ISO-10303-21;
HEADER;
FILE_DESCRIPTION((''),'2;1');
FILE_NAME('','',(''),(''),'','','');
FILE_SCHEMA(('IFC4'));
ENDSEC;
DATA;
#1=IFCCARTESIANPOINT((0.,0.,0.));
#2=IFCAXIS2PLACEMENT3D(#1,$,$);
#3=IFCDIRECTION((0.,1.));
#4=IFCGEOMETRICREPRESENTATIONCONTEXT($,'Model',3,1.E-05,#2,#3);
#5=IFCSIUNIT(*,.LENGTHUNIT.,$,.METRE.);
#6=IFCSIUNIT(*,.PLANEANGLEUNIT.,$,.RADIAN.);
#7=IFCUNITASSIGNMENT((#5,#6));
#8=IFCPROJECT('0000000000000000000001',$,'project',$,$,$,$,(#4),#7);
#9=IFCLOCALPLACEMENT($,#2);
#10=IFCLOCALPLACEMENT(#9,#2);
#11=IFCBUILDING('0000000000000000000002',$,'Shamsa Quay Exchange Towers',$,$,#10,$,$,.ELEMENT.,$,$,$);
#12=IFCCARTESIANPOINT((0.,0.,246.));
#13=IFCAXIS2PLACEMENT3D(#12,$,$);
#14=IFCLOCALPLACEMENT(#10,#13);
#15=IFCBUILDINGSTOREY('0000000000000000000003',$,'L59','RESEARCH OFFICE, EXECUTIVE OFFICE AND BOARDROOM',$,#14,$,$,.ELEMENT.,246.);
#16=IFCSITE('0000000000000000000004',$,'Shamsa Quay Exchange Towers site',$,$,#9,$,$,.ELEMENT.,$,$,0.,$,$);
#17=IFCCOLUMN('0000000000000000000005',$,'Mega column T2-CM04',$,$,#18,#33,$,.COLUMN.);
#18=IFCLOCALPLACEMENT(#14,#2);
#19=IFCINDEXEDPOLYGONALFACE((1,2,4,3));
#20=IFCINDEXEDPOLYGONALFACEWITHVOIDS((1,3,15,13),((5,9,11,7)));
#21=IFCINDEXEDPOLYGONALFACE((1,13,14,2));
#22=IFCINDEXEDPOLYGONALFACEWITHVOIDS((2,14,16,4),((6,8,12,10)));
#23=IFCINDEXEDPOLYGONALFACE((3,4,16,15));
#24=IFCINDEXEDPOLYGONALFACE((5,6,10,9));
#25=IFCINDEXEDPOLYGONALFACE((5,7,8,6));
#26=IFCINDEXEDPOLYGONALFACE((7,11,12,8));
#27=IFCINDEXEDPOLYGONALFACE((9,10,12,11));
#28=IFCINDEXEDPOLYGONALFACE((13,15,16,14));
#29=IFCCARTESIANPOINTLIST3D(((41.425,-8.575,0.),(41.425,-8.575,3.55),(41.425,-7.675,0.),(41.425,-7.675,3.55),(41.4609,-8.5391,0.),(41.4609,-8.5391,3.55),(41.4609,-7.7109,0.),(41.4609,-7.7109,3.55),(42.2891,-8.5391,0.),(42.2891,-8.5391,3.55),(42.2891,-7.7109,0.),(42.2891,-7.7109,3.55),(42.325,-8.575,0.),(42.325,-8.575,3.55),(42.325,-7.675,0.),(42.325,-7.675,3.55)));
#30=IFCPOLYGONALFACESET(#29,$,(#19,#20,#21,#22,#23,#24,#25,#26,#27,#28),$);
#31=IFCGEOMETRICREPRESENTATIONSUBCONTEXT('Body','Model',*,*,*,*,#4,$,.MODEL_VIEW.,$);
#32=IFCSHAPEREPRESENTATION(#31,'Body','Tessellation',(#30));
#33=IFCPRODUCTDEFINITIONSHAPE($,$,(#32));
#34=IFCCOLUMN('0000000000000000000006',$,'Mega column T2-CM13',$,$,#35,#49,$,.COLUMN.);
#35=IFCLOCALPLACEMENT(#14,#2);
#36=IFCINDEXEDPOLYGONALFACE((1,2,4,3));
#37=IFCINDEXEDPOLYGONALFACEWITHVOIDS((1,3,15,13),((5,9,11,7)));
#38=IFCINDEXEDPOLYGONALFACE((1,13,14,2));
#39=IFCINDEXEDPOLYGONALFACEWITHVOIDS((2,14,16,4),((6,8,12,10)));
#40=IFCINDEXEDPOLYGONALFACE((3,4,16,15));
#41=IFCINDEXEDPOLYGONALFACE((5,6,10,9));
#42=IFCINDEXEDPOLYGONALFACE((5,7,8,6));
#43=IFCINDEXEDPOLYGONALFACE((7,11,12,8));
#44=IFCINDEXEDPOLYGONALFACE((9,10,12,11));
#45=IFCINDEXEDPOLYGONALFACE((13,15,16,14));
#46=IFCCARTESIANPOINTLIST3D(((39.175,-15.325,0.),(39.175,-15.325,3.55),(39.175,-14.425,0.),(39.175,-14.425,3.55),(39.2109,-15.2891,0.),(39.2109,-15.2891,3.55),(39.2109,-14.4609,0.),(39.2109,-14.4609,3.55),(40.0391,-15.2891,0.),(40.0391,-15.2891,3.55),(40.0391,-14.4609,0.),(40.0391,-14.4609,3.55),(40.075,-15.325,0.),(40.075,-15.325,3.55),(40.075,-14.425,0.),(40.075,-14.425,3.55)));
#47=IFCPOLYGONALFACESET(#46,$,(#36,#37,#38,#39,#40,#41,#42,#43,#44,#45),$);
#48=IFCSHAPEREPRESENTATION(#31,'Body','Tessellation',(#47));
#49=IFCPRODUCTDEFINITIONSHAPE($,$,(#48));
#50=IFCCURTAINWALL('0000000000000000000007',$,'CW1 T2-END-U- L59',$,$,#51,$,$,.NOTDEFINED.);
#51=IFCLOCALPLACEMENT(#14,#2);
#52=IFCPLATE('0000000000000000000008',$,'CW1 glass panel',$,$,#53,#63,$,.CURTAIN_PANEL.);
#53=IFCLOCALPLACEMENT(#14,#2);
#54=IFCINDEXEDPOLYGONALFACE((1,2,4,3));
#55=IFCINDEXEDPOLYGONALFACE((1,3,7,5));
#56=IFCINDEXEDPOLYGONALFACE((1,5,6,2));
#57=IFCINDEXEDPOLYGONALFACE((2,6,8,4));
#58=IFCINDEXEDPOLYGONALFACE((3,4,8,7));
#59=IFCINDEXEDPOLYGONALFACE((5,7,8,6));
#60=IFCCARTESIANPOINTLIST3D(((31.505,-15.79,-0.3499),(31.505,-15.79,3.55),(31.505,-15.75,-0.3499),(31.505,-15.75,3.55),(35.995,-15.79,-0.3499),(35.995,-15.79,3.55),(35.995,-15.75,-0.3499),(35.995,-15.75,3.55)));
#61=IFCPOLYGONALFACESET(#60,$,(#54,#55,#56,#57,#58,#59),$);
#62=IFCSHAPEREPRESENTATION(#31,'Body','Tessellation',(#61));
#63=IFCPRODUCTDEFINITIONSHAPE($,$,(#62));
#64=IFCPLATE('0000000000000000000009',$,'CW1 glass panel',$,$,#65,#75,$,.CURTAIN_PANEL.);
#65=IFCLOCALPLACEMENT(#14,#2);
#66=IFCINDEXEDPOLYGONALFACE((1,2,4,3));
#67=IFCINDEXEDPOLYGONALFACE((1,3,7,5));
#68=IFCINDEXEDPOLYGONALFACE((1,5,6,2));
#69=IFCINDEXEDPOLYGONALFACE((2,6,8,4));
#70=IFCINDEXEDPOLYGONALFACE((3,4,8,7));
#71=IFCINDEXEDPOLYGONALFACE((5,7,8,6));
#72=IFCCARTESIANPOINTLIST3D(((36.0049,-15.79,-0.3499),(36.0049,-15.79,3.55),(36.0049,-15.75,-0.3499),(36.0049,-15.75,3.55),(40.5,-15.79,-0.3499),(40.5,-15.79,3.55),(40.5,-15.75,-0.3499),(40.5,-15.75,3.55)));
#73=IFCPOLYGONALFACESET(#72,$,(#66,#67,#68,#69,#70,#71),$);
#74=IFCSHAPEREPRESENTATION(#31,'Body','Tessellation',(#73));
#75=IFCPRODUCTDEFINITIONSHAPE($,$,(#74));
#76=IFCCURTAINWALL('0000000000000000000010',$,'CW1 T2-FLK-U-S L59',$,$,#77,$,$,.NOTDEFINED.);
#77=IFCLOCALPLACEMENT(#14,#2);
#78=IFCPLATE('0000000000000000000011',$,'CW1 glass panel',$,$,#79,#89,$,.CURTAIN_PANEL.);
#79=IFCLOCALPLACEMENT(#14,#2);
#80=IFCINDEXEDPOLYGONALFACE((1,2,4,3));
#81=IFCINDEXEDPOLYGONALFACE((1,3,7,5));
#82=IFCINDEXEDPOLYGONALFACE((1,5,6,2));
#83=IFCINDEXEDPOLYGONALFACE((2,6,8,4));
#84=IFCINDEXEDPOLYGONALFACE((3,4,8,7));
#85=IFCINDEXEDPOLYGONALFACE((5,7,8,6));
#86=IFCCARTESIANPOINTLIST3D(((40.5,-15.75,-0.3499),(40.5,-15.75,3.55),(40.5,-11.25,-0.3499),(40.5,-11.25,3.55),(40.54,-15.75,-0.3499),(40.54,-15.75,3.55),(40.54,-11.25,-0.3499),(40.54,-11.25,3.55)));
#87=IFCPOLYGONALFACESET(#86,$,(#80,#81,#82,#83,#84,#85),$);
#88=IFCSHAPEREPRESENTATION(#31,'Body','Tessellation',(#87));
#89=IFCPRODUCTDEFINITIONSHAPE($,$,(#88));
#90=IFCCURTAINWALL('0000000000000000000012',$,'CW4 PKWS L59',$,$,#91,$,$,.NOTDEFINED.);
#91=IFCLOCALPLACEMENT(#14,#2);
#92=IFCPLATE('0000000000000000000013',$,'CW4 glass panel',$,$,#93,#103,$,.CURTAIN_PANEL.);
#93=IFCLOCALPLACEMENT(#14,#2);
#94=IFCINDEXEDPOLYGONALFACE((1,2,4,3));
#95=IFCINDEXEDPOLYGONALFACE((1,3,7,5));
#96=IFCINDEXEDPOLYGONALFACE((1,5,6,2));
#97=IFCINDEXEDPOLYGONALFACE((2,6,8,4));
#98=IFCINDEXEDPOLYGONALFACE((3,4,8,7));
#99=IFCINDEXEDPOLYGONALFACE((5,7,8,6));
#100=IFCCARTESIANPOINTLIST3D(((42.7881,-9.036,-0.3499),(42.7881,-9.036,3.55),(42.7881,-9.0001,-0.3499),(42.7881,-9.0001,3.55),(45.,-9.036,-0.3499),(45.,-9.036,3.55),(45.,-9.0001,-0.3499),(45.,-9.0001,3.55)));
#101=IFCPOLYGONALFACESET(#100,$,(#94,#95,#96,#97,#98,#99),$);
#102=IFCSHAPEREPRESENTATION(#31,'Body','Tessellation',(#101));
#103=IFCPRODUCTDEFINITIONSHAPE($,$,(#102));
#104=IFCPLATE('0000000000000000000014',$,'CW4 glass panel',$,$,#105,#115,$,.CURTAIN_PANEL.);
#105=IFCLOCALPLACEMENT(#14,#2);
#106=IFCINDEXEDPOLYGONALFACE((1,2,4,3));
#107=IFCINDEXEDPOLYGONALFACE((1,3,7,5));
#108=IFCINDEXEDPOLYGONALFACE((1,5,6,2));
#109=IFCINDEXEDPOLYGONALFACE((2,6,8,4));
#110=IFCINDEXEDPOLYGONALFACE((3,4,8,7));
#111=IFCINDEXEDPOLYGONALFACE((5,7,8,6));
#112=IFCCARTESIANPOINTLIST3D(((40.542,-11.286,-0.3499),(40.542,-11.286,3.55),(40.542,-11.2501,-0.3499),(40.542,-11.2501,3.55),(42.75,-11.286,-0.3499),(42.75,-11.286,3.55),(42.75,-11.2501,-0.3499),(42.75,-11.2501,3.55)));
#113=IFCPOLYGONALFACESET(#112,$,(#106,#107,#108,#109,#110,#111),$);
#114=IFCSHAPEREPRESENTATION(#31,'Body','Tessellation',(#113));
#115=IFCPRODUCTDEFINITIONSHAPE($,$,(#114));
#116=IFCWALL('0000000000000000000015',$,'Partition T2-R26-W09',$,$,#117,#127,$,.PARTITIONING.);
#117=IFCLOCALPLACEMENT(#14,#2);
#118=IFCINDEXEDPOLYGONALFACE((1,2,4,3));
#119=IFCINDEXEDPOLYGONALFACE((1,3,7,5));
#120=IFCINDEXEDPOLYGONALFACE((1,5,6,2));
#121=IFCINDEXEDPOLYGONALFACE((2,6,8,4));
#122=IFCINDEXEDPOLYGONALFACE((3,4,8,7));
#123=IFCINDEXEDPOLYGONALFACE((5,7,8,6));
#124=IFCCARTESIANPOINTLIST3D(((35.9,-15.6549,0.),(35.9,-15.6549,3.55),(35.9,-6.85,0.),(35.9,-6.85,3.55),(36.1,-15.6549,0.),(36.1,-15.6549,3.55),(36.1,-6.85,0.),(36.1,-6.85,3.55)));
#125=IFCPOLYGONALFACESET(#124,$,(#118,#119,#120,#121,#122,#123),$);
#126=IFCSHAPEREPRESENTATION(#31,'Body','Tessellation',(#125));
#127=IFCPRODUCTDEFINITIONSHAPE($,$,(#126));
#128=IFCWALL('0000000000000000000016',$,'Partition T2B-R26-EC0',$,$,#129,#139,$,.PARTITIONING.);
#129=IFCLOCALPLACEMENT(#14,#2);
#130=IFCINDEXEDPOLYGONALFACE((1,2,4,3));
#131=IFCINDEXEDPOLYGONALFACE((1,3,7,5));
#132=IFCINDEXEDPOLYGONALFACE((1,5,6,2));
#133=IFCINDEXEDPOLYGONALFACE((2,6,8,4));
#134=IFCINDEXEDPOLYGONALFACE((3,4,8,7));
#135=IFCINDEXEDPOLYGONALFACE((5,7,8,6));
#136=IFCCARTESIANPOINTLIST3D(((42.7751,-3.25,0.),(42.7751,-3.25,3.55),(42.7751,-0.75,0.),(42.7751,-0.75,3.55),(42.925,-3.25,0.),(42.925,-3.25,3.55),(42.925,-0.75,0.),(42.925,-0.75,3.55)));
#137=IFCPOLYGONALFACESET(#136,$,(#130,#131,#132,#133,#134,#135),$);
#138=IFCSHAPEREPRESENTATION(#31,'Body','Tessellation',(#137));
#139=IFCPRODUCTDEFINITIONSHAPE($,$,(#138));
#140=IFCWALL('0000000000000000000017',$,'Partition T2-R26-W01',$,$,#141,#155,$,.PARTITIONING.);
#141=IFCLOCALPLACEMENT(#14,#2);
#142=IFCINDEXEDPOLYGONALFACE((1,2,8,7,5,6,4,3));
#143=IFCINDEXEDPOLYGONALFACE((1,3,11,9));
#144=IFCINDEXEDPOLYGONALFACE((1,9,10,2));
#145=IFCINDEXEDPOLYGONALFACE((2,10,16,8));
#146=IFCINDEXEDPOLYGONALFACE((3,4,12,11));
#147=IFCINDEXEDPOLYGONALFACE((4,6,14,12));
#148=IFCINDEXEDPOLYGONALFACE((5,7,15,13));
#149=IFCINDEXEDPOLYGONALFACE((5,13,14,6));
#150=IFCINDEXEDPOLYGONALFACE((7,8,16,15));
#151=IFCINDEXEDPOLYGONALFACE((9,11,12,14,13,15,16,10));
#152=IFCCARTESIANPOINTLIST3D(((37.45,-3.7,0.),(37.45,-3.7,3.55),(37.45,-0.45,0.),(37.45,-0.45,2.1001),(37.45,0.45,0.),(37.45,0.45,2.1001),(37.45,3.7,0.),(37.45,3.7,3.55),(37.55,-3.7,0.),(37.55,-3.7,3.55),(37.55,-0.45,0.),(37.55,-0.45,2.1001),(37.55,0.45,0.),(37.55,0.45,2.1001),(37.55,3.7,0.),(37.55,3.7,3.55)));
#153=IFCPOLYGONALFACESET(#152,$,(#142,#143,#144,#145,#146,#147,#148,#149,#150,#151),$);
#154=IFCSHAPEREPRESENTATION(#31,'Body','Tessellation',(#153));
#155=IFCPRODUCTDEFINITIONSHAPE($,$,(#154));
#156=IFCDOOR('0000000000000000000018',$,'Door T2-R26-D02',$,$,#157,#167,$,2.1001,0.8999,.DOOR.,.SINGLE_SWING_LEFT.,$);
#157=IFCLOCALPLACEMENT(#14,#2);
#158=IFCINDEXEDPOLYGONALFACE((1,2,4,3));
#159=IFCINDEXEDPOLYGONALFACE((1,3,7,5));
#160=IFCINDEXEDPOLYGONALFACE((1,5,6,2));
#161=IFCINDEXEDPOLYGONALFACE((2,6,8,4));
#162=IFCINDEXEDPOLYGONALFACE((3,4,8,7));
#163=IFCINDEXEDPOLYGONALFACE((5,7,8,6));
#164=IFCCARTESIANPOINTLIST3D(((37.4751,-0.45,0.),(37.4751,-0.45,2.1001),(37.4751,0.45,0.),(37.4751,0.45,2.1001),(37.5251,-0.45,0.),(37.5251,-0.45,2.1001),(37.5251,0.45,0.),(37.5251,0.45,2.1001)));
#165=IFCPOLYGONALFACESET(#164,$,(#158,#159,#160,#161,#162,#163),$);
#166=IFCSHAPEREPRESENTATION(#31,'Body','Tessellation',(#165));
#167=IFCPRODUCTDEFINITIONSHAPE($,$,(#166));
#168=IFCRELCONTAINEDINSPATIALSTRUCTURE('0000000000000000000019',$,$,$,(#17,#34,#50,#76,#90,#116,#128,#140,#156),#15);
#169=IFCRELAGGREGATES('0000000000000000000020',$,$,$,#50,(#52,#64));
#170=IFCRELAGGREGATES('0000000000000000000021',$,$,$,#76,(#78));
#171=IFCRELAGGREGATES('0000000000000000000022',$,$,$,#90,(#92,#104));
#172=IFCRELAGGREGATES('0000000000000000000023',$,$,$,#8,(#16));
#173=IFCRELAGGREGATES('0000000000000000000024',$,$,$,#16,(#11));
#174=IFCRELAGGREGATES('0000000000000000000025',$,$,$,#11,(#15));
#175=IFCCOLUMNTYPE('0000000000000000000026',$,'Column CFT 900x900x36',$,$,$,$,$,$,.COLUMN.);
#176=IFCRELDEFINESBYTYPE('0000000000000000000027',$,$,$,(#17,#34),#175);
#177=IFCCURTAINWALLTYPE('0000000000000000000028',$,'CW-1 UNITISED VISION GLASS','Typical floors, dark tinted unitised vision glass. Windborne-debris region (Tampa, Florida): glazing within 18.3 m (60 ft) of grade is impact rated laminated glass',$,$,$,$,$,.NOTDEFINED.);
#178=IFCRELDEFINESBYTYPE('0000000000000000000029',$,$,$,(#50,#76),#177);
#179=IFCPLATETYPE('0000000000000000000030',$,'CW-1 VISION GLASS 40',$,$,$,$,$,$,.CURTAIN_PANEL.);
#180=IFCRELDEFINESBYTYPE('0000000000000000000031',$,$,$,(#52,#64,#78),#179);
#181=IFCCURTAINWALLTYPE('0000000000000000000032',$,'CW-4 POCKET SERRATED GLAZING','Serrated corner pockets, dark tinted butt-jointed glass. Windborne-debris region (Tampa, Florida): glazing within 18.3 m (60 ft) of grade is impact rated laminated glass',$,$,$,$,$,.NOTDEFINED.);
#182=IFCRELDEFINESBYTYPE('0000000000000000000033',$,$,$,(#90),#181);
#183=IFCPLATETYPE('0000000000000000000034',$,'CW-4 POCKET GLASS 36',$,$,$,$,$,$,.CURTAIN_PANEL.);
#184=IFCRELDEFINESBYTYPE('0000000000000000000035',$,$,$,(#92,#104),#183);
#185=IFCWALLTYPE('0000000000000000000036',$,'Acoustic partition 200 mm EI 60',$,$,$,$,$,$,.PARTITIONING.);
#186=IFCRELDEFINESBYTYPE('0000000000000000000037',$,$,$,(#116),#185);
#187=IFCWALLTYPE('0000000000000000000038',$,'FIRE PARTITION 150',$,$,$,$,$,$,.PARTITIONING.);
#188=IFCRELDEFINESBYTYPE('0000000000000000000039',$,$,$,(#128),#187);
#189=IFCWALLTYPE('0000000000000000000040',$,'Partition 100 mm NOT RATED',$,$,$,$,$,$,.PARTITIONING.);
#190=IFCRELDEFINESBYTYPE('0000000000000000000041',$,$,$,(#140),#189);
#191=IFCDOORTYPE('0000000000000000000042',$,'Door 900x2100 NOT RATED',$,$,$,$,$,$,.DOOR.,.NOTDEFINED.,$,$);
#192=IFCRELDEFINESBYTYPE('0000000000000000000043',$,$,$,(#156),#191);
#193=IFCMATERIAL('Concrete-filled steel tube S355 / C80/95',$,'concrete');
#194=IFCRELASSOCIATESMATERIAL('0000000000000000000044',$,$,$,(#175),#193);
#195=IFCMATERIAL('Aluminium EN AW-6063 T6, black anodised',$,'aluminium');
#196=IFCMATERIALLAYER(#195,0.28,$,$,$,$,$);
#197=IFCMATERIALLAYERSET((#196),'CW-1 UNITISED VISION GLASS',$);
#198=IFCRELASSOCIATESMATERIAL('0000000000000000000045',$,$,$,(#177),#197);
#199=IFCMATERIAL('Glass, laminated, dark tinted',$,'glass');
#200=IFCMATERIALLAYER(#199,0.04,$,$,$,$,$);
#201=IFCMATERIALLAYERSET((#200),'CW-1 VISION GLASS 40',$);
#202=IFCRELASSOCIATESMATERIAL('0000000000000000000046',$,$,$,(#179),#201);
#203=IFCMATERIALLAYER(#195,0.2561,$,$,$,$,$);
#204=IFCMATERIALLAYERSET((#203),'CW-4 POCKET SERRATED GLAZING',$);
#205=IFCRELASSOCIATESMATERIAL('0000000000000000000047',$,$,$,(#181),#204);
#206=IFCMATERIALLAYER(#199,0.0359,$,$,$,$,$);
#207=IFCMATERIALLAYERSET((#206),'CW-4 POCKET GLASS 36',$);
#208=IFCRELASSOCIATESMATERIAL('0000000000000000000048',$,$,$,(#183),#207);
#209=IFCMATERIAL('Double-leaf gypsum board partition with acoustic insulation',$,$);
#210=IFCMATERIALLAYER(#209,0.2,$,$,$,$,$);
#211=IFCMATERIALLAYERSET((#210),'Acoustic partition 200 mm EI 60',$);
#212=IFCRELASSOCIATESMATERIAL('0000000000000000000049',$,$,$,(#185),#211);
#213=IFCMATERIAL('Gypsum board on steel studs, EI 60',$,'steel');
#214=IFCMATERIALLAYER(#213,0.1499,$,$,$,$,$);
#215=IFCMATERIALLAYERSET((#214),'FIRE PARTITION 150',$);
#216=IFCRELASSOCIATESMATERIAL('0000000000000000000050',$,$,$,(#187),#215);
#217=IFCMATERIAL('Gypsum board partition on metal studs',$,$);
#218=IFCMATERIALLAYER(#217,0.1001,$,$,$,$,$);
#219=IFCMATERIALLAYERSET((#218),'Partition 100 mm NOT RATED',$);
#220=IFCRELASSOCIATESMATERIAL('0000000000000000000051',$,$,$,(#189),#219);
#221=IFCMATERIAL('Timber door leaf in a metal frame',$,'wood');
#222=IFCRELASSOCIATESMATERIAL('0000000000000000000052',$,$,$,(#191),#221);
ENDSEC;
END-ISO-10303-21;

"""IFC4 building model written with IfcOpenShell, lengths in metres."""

from ifc_helpers import new_model, si_unit, direction, frame, frame_2d, origin, origin_2d, place, context, subcontext, project, spatial, rectangle, hollow_rectangle, extrude, material, layer, layer_set, material_profile, profile_set, type_object, element, fill, aggregate, save


model = new_model("IFC4")

# Units and contexts
model_context = context("Model", 3, precision=1e-05, world=origin(), true_north=direction((0.0, 1.0)))
body_context = subcontext(model_context, "Body", "Model", "MODEL_VIEW")
ifc_project = project(units=[si_unit("LENGTHUNIT", "METRE"), si_unit("PLANEANGLEUNIT", "RADIAN")], contexts=[model_context])

# Site, building, storey
site_placement = place(None, origin())
site = spatial("IfcSite", under=ifc_project, at=site_placement, Name="Shamsa Quay Exchange Towers site", CompositionType="ELEMENT", RefElevation=0.0)
building_placement = place(site_placement, origin())
building = spatial("IfcBuilding", under=site, at=building_placement, Name="Shamsa Quay Exchange Towers", CompositionType="ELEMENT")
storey_placement = place(building_placement, frame((0.0, 0.0, 246.0)))
storey = spatial("IfcBuildingStorey", under=building, at=storey_placement, Name="L59", Description="RESEARCH OFFICE, EXECUTIVE OFFICE AND BOARDROOM", CompositionType="ELEMENT", Elevation=246.0)

# Columns
ifc_material_1 = material(Name="Concrete-filled steel tube S355 / C80/95", Category="concrete")
ifc_material_profile = material_profile(ifc_material_1, hollow_rectangle(XDim=0.8999, YDim=0.8999, WallThickness=0.0359, at=origin_2d()), Name="CFT 900x900x36")
ifc_profile_set = profile_set([ifc_material_profile], Name="Concrete-filled steel tube S355 / C80/95")
column_type = type_object("IfcColumnType", Name="Column CFT 900x900x36", PredefinedType="COLUMN", material=ifc_profile_set)
for number, where, name in (
    (1, (41.875, -8.125, 0.0), "Mega column T2-CM04"),
    (2, (39.625, -14.875, 0.0), "Mega column T2-CM13"),
):
    element("IfcColumn", number, at=place(storey_placement, frame(where)), inside=storey, type_object=column_type, Name=name, PredefinedType="COLUMN", context=body_context, shape_type="SweptSolid", body=[
        extrude(hollow_rectangle(XDim=0.8999, YDim=0.8999, WallThickness=0.0359, at=origin_2d()), origin(), (0.0, 0.0, 1.0), 3.55),
    ])

# Curtain wall, plates
ifc_material_2 = material(Name="Aluminium EN AW-6063 T6, black anodised", Category="aluminium")
ifc_layer_1 = layer(ifc_material_2, 0.28)
ifc_layer_set_1 = layer_set([ifc_layer_1], Name="CW-1 UNITISED VISION GLASS")
curtain_wall_type_1 = type_object("IfcCurtainWallType", Name="CW-1 UNITISED VISION GLASS", Description="Typical floors, dark tinted unitised vision glass. Windborne-debris region (Tampa, Florida): glazing within 18.3 m (60 ft) of grade is impact rated laminated glass", PredefinedType="NOTDEFINED", material=ifc_layer_set_1)
curtain_wall_1_placement = place(storey_placement, origin())
curtain_wall_1 = element("IfcCurtainWall", 3, at=curtain_wall_1_placement, inside=storey, type_object=curtain_wall_type_1, Name="CW1 T2-END-U- L59", PredefinedType="NOTDEFINED")
ifc_material_3 = material(Name="Glass, laminated, dark tinted", Category="glass")
ifc_layer_2 = layer(ifc_material_3, 0.04)
ifc_layer_set_2 = layer_set([ifc_layer_2], Name="CW-1 VISION GLASS 40")
plate_type_1 = type_object("IfcPlateType", Name="CW-1 VISION GLASS 40", PredefinedType="CURTAIN_PANEL", material=ifc_layer_set_2)
plate_1_placement = place(storey_placement, frame((33.75, -15.77, -0.3499)))
plate_1 = element("IfcPlate", 4, at=plate_1_placement, type_object=plate_type_1, Name="CW1 glass panel", PredefinedType="CURTAIN_PANEL", context=body_context, shape_type="SweptSolid", body=[
    extrude(rectangle(XDim=4.49, YDim=0.04, at=origin_2d()), origin(), (0.0, 0.0, 1.0), 3.8999),
])
plate_2_placement = place(storey_placement, frame((38.2524, -15.77, -0.3499)))
plate_2 = element("IfcPlate", 5, at=plate_2_placement, type_object=plate_type_1, Name="CW1 glass panel", PredefinedType="CURTAIN_PANEL", context=body_context, shape_type="SweptSolid", body=[
    extrude(rectangle(XDim=4.4951, YDim=0.04, at=origin_2d()), origin(), (0.0, 0.0, 1.0), 3.8999),
])
aggregate(curtain_wall_1, [plate_1, plate_2])

# Curtain wall, plate
curtain_wall_2_placement = place(storey_placement, origin())
curtain_wall_2 = element("IfcCurtainWall", 6, at=curtain_wall_2_placement, inside=storey, type_object=curtain_wall_type_1, Name="CW1 T2-FLK-U-S L59", PredefinedType="NOTDEFINED")
plate_3_placement = place(storey_placement, frame((40.52, -13.5, -0.3499), z_axis=(0.0, 0.0, 1.0), x_axis=(0.0, 1.0, 0.0)))
plate_3 = element("IfcPlate", 7, at=plate_3_placement, type_object=plate_type_1, Name="CW1 glass panel", PredefinedType="CURTAIN_PANEL", context=body_context, shape_type="SweptSolid", body=[
    extrude(rectangle(XDim=4.5, YDim=0.04, at=origin_2d()), origin(), (0.0, 0.0, 1.0), 3.8999),
])
aggregate(curtain_wall_2, [plate_3])

# Curtain wall, plates
ifc_layer_3 = layer(ifc_material_2, 0.2561)
ifc_layer_set_3 = layer_set([ifc_layer_3], Name="CW-4 POCKET SERRATED GLAZING")
curtain_wall_type_2 = type_object("IfcCurtainWallType", Name="CW-4 POCKET SERRATED GLAZING", Description="Serrated corner pockets, dark tinted butt-jointed glass. Windborne-debris region (Tampa, Florida): glazing within 18.3 m (60 ft) of grade is impact rated laminated glass", PredefinedType="NOTDEFINED", material=ifc_layer_set_3)
curtain_wall_3_placement = place(storey_placement, origin())
curtain_wall_3 = element("IfcCurtainWall", 8, at=curtain_wall_3_placement, inside=storey, type_object=curtain_wall_type_2, Name="CW4 PKWS L59", PredefinedType="NOTDEFINED")
ifc_layer_4 = layer(ifc_material_3, 0.0359)
ifc_layer_set_4 = layer_set([ifc_layer_4], Name="CW-4 POCKET GLASS 36")
plate_type_2 = type_object("IfcPlateType", Name="CW-4 POCKET GLASS 36", PredefinedType="CURTAIN_PANEL", material=ifc_layer_set_4)
plate_4_placement = place(storey_placement, frame((43.894, -9.0181, -0.3499)))
plate_4 = element("IfcPlate", 9, at=plate_4_placement, type_object=plate_type_2, Name="CW4 glass panel", PredefinedType="CURTAIN_PANEL", context=body_context, shape_type="SweptSolid", body=[
    extrude(rectangle(XDim=2.2119, YDim=0.0359, at=origin_2d()), origin(), (0.0, 0.0, 1.0), 3.8999),
])
plate_5_placement = place(storey_placement, frame((41.646, -11.2681, -0.3499)))
plate_5 = element("IfcPlate", 10, at=plate_5_placement, type_object=plate_type_2, Name="CW4 glass panel", PredefinedType="CURTAIN_PANEL", context=body_context, shape_type="SweptSolid", body=[
    extrude(rectangle(XDim=2.208, YDim=0.0359, at=origin_2d()), origin(), (0.0, 0.0, 1.0), 3.8999),
])
aggregate(curtain_wall_3, [plate_4, plate_5])

# Wall
ifc_material_4 = material(Name="Double-leaf gypsum board partition with acoustic insulation")
ifc_layer_5 = layer(ifc_material_4, 0.2)
ifc_layer_set_5 = layer_set([ifc_layer_5], Name="Acoustic partition 200 mm EI 60")
wall_type_1 = type_object("IfcWallType", Name="Acoustic partition 200 mm EI 60", PredefinedType="PARTITIONING", material=ifc_layer_set_5)
wall_1_placement = place(storey_placement, frame((36.0, -6.8501, 0.0), z_axis=(0.0, 0.0, 1.0), x_axis=(0.0, -1.0, 0.0)))
element("IfcWall", 11, at=wall_1_placement, inside=storey, type_object=wall_type_1, Name="Partition T2-R26-W09", PredefinedType="PARTITIONING", context=body_context, shape_type="SweptSolid", body=[
    extrude(rectangle(XDim=8.8049, YDim=0.2, at=frame_2d((4.4023, 0.0))), origin(), (0.0, 0.0, 1.0), 3.55),
])

# Wall
ifc_material_5 = material(Name="Gypsum board on steel studs, EI 60", Category="steel")
ifc_layer_6 = layer(ifc_material_5, 0.1499)
ifc_layer_set_6 = layer_set([ifc_layer_6], Name="FIRE PARTITION 150")
wall_type_2 = type_object("IfcWallType", Name="FIRE PARTITION 150", PredefinedType="PARTITIONING", material=ifc_layer_set_6)
wall_2_placement = place(storey_placement, frame((42.8501, -3.25, 0.0), z_axis=(0.0, 0.0, 1.0), x_axis=(0.0, 1.0, 0.0)))
element("IfcWall", 12, at=wall_2_placement, inside=storey, type_object=wall_type_2, Name="Partition T2B-R26-EC0", PredefinedType="PARTITIONING", context=body_context, shape_type="SweptSolid", body=[
    extrude(rectangle(XDim=2.5, YDim=0.1499, at=frame_2d((1.25, 0.0))), origin(), (0.0, 0.0, 1.0), 3.55),
])

# Wall, opening, door
ifc_material_6 = material(Name="Gypsum board partition on metal studs")
ifc_layer_7 = layer(ifc_material_6, 0.1001)
ifc_layer_set_7 = layer_set([ifc_layer_7], Name="Partition 100 mm NOT RATED")
wall_type_3 = type_object("IfcWallType", Name="Partition 100 mm NOT RATED", PredefinedType="PARTITIONING", material=ifc_layer_set_7)
wall_3_placement = place(storey_placement, frame((37.5, -3.7, 0.0), z_axis=(0.0, 0.0, 1.0), x_axis=(0.0, 1.0, 0.0)))
wall_3 = element("IfcWall", 13, at=wall_3_placement, inside=storey, type_object=wall_type_3, Name="Partition T2-R26-W01", PredefinedType="PARTITIONING", context=body_context, shape_type="SweptSolid", body=[
    extrude(rectangle(XDim=7.3999, YDim=0.1001, at=frame_2d((3.7, 0.0))), origin(), (0.0, 0.0, 1.0), 3.55),
])
opening_1_placement = place(wall_3_placement, frame((3.25, 0.0, 0.0)))
opening_1 = element("IfcOpeningElement", 14, at=opening_1_placement, cuts=wall_3, PredefinedType="OPENING", context=body_context, shape_type="SweptSolid", body=[
    extrude(rectangle(XDim=0.8999, YDim=2.1001, at=frame_2d((0.45, 1.05))), frame((0.0, 0.0601, 0.0), z_axis=(0.0, -1.0, 0.0), x_axis=(1.0, 0.0, 0.0)), (0.0, 0.0, 1.0), 0.1201),
])
ifc_material_7 = material(Name="Timber door leaf in a metal frame", Category="wood")
door_type_1 = type_object("IfcDoorType", Name="Door 900x2100 NOT RATED", OperationType="NOTDEFINED", PredefinedType="DOOR", material=ifc_material_7)
door_1_placement = place(opening_1_placement, origin())
door_1 = element("IfcDoor", 15, at=door_1_placement, inside=storey, type_object=door_type_1, Name="Door T2-R26-D02", OperationType="SINGLE_SWING_LEFT", OverallHeight=2.1001, OverallWidth=0.8999, PredefinedType="DOOR", context=body_context, shape_type="SweptSolid", body=[
    extrude(rectangle(XDim=0.8999, YDim=2.1001, at=frame_2d((0.45, 1.05))), frame((0.0, 0.0249, 0.0), z_axis=(0.0, -1.0, 0.0), x_axis=(1.0, 0.0, 0.0)), (0.0, 0.0, 1.0), 0.05),
])
fill(opening_1, door_1)

save(model, "model.ifc")
